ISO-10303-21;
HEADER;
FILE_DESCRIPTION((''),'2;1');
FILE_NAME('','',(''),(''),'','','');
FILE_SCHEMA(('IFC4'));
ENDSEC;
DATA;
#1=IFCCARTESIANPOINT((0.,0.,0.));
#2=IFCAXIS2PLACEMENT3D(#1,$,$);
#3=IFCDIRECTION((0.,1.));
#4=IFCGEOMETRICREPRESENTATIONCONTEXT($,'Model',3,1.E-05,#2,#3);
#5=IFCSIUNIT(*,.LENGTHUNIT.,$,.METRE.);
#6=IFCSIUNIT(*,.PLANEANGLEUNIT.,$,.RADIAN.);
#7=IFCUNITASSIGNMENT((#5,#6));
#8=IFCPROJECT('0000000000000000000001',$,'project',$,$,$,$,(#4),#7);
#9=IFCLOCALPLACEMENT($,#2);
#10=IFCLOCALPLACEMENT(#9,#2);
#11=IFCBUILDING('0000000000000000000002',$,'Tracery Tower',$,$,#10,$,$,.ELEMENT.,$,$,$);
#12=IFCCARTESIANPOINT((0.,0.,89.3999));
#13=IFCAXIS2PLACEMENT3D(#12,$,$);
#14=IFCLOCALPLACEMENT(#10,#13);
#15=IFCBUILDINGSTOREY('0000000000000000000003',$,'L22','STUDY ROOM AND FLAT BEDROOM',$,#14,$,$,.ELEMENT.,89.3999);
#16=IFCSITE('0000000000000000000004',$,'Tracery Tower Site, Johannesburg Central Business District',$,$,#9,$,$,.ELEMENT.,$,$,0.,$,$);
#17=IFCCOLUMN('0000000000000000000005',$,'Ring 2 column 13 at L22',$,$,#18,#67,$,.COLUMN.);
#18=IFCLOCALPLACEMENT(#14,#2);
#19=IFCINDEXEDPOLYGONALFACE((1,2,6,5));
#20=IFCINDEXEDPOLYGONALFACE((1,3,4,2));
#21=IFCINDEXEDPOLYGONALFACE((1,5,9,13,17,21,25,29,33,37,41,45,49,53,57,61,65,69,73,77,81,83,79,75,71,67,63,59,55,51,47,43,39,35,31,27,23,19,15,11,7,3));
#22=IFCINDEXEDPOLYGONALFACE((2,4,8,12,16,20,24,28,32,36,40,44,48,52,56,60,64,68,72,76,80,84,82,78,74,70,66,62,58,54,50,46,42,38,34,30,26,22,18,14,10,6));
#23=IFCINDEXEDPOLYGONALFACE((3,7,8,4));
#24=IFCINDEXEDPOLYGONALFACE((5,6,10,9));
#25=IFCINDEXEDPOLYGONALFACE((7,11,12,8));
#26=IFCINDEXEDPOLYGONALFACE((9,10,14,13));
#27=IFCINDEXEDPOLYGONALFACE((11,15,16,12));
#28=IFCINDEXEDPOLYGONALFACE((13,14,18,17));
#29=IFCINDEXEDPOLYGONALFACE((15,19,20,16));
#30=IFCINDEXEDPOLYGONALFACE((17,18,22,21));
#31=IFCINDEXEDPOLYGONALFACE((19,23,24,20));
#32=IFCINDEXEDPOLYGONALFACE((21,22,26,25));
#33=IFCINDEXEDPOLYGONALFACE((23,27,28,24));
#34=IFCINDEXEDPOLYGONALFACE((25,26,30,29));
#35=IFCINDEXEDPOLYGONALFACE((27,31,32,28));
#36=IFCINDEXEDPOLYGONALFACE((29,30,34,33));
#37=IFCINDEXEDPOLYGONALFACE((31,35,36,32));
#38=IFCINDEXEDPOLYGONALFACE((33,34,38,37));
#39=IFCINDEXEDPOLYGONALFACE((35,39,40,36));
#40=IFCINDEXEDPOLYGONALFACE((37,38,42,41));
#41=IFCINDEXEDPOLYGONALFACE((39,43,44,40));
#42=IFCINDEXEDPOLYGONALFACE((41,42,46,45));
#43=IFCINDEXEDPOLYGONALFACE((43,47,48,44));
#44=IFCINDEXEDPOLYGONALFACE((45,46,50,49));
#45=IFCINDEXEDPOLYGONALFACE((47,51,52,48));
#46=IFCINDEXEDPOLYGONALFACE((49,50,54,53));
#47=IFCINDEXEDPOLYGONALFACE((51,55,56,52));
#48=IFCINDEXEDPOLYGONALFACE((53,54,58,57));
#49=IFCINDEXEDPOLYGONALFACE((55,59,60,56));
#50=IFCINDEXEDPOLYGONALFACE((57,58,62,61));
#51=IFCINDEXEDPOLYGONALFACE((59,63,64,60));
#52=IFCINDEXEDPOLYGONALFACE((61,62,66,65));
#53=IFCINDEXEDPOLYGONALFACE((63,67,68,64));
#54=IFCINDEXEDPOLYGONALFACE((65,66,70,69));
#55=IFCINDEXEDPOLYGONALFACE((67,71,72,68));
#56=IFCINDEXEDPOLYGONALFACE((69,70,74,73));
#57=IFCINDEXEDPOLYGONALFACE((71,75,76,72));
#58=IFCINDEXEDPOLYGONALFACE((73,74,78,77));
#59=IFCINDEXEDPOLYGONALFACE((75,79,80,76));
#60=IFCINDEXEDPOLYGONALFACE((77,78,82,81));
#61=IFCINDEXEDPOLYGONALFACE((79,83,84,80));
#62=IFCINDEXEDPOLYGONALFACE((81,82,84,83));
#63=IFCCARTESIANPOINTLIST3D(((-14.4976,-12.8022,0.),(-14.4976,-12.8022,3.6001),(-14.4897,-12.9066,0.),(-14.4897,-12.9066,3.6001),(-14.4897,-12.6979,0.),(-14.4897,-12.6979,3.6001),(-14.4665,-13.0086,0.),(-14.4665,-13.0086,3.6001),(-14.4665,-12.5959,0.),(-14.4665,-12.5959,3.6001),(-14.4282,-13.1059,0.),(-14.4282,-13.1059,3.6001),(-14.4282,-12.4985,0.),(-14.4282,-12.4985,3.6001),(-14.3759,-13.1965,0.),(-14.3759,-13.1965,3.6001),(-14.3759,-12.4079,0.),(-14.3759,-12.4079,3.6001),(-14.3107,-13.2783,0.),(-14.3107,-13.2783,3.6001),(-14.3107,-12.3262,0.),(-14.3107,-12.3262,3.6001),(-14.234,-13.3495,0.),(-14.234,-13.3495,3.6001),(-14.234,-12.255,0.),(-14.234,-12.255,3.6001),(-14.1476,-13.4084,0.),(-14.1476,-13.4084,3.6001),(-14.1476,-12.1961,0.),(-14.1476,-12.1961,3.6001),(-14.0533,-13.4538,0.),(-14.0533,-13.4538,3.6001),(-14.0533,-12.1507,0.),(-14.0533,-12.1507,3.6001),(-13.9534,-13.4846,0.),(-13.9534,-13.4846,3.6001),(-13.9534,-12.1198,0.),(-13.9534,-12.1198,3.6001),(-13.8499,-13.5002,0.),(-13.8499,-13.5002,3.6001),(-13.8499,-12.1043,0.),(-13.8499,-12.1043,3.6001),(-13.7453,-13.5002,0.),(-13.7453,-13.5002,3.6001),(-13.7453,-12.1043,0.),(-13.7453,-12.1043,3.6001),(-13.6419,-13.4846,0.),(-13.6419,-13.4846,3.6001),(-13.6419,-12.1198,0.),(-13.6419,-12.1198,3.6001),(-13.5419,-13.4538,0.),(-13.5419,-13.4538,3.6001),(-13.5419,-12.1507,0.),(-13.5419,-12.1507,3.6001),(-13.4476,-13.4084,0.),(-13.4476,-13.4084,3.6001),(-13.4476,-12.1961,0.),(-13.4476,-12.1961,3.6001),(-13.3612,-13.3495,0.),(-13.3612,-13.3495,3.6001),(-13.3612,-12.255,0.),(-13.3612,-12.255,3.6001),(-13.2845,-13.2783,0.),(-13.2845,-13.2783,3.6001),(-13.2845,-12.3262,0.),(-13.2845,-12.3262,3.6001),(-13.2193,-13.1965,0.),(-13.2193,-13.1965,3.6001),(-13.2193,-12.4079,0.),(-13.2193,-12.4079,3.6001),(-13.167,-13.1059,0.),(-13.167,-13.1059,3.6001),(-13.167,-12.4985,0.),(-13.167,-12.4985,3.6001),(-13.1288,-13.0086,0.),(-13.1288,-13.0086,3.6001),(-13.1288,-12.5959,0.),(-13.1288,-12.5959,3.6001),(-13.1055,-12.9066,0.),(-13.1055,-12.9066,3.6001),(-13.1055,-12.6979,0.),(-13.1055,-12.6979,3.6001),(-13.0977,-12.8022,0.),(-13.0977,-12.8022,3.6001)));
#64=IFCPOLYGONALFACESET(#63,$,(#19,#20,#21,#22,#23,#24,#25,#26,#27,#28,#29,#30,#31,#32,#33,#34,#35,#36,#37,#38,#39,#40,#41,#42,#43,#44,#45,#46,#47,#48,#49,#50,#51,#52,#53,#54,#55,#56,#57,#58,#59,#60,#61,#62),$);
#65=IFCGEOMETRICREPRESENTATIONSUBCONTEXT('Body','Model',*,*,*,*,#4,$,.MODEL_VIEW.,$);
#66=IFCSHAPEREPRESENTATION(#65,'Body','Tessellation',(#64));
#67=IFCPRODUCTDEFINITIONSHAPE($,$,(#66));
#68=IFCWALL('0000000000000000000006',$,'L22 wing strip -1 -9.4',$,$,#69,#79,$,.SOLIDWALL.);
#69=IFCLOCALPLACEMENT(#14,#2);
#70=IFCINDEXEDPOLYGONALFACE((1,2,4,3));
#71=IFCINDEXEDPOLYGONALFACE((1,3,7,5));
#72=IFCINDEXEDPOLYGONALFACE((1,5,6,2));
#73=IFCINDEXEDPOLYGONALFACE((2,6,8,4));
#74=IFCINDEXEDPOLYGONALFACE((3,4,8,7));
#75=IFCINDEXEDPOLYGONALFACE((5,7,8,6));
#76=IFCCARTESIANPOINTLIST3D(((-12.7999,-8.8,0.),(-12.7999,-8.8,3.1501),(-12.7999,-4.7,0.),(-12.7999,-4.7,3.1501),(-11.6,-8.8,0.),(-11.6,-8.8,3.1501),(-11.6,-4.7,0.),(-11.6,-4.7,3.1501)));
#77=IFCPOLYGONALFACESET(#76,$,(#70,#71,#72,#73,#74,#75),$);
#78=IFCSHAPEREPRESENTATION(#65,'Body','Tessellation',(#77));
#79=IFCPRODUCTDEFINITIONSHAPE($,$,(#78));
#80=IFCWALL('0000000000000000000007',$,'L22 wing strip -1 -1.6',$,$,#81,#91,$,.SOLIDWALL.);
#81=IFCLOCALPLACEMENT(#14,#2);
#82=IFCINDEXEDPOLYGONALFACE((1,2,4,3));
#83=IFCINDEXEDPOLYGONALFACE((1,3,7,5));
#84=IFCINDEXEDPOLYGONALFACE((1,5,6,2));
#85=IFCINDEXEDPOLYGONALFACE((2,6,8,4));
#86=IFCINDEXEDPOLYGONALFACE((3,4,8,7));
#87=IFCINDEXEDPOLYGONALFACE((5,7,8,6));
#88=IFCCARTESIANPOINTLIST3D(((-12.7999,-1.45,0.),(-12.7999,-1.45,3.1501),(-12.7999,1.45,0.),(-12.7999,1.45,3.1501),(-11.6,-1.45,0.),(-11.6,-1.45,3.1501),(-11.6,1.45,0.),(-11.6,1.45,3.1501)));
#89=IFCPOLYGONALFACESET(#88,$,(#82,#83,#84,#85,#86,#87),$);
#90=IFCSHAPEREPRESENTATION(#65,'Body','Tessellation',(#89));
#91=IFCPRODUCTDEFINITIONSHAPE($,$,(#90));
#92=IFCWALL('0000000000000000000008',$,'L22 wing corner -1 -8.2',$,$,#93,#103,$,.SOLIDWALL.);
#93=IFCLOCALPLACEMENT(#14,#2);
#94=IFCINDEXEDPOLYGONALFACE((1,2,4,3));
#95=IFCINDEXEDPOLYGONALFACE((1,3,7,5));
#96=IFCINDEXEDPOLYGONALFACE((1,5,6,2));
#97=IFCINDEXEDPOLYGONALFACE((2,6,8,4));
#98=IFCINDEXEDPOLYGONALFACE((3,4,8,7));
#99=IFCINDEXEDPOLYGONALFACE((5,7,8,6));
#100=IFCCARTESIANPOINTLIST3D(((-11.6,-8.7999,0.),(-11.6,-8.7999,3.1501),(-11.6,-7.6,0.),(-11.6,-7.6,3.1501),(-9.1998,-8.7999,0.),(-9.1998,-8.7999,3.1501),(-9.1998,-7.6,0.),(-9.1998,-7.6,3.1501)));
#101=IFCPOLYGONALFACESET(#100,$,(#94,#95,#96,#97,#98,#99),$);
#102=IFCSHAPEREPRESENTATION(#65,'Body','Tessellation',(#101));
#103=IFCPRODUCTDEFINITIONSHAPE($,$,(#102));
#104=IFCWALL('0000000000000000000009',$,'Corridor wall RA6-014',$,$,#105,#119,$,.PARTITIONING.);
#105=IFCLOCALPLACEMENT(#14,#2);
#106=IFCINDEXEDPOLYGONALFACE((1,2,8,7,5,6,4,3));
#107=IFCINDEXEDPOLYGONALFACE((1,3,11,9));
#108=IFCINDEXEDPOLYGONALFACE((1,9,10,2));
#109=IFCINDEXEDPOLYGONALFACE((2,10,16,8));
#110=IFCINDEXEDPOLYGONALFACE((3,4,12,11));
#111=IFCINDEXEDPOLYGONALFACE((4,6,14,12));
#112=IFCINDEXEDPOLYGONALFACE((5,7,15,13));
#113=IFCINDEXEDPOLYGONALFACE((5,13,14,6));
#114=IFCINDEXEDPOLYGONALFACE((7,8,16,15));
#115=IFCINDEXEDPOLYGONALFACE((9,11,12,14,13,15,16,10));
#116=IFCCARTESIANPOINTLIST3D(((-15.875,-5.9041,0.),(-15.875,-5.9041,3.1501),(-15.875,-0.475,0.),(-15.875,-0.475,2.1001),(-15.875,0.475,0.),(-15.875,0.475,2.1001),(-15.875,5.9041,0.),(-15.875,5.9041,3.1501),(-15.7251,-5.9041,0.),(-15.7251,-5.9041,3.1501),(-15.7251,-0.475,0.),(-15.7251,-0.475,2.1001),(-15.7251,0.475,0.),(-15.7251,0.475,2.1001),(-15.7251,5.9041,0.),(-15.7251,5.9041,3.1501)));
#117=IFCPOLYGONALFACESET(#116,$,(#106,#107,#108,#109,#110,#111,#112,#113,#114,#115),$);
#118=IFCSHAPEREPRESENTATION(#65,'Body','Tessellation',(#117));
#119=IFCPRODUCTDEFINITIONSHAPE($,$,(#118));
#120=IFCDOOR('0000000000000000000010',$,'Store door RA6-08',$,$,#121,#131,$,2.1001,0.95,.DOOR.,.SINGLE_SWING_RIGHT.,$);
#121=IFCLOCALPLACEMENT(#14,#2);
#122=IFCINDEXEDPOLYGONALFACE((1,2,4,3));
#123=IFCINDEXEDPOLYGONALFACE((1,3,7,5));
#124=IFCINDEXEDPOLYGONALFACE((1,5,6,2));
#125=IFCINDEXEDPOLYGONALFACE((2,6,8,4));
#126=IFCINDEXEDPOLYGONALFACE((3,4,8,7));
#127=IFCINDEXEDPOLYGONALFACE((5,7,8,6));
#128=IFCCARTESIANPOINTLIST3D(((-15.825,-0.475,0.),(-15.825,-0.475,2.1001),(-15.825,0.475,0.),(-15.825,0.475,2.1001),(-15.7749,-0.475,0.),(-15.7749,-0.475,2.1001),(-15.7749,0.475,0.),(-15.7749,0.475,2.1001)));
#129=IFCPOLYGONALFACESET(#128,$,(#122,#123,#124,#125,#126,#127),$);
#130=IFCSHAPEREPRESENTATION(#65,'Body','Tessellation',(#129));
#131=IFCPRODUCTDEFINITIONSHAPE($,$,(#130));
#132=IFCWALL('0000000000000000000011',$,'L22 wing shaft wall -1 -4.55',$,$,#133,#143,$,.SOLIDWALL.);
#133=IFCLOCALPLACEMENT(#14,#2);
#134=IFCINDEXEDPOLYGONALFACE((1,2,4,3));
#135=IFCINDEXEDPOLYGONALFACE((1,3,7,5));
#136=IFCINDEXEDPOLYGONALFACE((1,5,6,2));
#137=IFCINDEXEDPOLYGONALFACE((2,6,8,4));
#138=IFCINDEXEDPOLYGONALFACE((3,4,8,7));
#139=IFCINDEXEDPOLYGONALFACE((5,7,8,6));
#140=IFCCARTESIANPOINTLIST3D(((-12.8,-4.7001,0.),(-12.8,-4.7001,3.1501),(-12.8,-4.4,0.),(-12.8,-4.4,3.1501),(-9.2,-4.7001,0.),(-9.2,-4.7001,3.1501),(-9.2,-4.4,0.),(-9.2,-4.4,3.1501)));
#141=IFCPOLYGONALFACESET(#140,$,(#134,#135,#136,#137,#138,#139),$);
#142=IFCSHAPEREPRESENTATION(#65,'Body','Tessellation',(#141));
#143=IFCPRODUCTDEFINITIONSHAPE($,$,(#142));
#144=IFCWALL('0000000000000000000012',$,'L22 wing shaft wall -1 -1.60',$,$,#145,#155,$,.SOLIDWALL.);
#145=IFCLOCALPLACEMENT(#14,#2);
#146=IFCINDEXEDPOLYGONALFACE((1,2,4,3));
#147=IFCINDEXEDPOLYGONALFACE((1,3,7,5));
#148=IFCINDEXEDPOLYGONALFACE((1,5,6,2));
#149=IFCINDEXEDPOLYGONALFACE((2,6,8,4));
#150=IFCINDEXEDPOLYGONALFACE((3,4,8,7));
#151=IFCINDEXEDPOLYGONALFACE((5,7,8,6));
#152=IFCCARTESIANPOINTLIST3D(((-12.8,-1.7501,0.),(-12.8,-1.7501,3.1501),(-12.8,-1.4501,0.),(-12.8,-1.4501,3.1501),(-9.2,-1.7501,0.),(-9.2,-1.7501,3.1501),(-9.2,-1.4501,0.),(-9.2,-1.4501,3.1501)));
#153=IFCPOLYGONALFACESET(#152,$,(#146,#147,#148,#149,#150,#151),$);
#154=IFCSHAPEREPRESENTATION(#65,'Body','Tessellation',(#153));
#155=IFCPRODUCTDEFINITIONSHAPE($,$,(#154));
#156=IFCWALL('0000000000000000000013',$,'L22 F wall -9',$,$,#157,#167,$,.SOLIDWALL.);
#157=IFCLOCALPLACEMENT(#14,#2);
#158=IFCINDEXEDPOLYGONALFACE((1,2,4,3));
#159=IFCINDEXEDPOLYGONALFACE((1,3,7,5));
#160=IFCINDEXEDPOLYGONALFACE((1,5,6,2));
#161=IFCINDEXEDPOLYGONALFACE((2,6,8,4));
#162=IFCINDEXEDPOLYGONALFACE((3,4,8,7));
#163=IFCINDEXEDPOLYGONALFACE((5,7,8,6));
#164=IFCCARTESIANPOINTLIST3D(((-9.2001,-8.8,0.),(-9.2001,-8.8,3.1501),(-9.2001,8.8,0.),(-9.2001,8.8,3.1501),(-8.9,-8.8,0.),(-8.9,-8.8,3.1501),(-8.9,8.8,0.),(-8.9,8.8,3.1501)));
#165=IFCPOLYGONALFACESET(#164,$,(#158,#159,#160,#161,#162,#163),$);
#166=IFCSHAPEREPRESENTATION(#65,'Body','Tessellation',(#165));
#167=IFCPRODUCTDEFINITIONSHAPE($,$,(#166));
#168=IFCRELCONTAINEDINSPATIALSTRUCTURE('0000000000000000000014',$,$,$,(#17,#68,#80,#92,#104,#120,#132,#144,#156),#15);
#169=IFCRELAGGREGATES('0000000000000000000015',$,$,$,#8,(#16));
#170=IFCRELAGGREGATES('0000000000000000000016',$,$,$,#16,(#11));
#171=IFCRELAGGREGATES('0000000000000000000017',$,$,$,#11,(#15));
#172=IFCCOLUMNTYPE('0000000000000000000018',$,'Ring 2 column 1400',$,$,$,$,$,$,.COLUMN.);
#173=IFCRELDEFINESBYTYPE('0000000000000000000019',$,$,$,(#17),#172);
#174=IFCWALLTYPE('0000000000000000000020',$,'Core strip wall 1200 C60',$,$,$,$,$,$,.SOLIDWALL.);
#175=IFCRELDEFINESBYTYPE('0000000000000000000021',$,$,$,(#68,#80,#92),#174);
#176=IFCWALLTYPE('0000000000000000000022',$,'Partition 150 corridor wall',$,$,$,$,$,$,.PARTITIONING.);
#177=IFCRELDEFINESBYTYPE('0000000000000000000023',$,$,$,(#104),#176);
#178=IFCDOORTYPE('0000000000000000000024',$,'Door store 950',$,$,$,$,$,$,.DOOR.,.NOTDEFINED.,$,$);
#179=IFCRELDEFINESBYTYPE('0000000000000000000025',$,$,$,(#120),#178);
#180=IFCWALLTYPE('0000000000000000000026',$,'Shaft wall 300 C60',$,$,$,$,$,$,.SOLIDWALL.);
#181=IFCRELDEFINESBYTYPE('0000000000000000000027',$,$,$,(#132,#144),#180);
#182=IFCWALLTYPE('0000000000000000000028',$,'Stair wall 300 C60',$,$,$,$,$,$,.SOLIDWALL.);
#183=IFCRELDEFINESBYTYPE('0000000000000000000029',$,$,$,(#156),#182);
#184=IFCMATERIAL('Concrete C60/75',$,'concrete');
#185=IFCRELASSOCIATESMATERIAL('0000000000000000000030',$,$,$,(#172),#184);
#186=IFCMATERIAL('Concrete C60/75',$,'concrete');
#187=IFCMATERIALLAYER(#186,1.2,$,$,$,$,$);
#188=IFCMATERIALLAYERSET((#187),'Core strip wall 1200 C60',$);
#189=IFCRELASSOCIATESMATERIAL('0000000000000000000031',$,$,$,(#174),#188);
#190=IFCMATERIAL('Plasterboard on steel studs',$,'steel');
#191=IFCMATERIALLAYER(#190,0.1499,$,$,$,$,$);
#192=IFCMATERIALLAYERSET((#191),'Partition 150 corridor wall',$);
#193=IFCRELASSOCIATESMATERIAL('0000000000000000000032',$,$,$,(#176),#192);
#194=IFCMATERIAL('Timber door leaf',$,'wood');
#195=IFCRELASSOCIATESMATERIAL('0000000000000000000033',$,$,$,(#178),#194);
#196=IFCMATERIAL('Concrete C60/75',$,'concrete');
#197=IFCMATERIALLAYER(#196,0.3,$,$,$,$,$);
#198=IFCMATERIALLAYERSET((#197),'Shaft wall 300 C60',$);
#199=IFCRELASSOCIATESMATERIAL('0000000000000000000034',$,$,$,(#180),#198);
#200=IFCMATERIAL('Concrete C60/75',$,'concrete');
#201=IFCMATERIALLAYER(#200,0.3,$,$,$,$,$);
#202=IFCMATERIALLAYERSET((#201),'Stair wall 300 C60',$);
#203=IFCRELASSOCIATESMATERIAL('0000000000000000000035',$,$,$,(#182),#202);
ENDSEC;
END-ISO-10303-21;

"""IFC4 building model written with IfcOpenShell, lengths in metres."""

from ifc_helpers import new_model, si_unit, direction, frame, frame_2d, origin, origin_2d, place, context, subcontext, project, spatial, rectangle, circle, extrude, material, layer, layer_set, material_profile, profile_set, type_object, element, fill, save


model = new_model("IFC4")

# Units and contexts
model_context = context("Model", 3, precision=1e-05, world=origin(), true_north=direction((0.0, 1.0)))
body_context = subcontext(model_context, "Body", "Model", "MODEL_VIEW")
ifc_project = project(units=[si_unit("LENGTHUNIT", "METRE"), si_unit("PLANEANGLEUNIT", "RADIAN")], contexts=[model_context])

# Site, building, storey
site_placement = place(None, origin())
site = spatial("IfcSite", under=ifc_project, at=site_placement, Name="Tracery Tower Site, Johannesburg Central Business District", CompositionType="ELEMENT", RefElevation=0.0)
building_placement = place(site_placement, origin())
building = spatial("IfcBuilding", under=site, at=building_placement, Name="Tracery Tower", CompositionType="ELEMENT")
storey_placement = place(building_placement, frame((0.0, 0.0, 89.3999)))
storey = spatial("IfcBuildingStorey", under=building, at=storey_placement, Name="L22", Description="STUDY ROOM AND FLAT BEDROOM", CompositionType="ELEMENT", Elevation=89.3999)

# Column
ifc_material_1 = material(Name="Concrete C60/75", Category="concrete")
ifc_material_profile = material_profile(ifc_material_1, circle(Radius=0.7, at=origin_2d()), Name="RC D1400")
ifc_profile_set = profile_set([ifc_material_profile], Name="Concrete C60/75")
column_type = type_object("IfcColumnType", Name="Ring 2 column 1400", PredefinedType="COLUMN", material=ifc_profile_set)
column_placement = place(storey_placement, frame((-13.7976, -12.8022, 0.0), z_axis=(0.0, 0.0, 1.0), x_axis=(1.0, 0.0, 0.0)))
element("IfcColumn", 1, at=column_placement, inside=storey, type_object=column_type, Name="Ring 2 column 13 at L22", PredefinedType="COLUMN", context=body_context, shape_type="SweptSolid", body=[
    extrude(circle(Radius=0.7, at=origin_2d()), origin(), (0.0, 0.0, 1.0), 3.6001),
])

# Walls
ifc_material_2 = material(Name="Concrete C60/75", Category="concrete")
ifc_layer_1 = layer(ifc_material_2, 1.2)
ifc_layer_set_1 = layer_set([ifc_layer_1], Name="Core strip wall 1200 C60")
wall_type_1 = type_object("IfcWallType", Name="Core strip wall 1200 C60", PredefinedType="SOLIDWALL", material=ifc_layer_set_1)
wall_1_placement = place(storey_placement, frame((-12.2, -8.8, 0.0), z_axis=(0.0, 0.0, 1.0), x_axis=(0.0, 1.0, 0.0)))
element("IfcWall", 2, at=wall_1_placement, inside=storey, type_object=wall_type_1, Name="L22 wing strip -1 -9.4", PredefinedType="SOLIDWALL", context=body_context, shape_type="SweptSolid", body=[
    extrude(rectangle(XDim=4.1001, YDim=1.2, at=frame_2d((2.05, 0.0))), origin(), (0.0, 0.0, 1.0), 3.1501),
])
wall_2_placement = place(storey_placement, frame((-12.2, -1.45, 0.0), z_axis=(0.0, 0.0, 1.0), x_axis=(0.0, 1.0, 0.0)))
element("IfcWall", 3, at=wall_2_placement, inside=storey, type_object=wall_type_1, Name="L22 wing strip -1 -1.6", PredefinedType="SOLIDWALL", context=body_context, shape_type="SweptSolid", body=[
    extrude(rectangle(XDim=2.8999, YDim=1.2, at=frame_2d((1.45, 0.0))), origin(), (0.0, 0.0, 1.0), 3.1501),
])
wall_3_placement = place(storey_placement, frame((-11.6001, -8.2, 0.0), z_axis=(0.0, 0.0, 1.0), x_axis=(1.0, 0.0, 0.0)))
element("IfcWall", 4, at=wall_3_placement, inside=storey, type_object=wall_type_1, Name="L22 wing corner -1 -8.2", PredefinedType="SOLIDWALL", context=body_context, shape_type="SweptSolid", body=[
    extrude(rectangle(XDim=2.4001, YDim=1.2, at=frame_2d((1.2002, 0.0))), origin(), (0.0, 0.0, 1.0), 3.1501),
])

# Wall, opening, door
ifc_material_3 = material(Name="Plasterboard on steel studs", Category="steel")
ifc_layer_2 = layer(ifc_material_3, 0.1499)
ifc_layer_set_2 = layer_set([ifc_layer_2], Name="Partition 150 corridor wall")
wall_type_2 = type_object("IfcWallType", Name="Partition 150 corridor wall", PredefinedType="PARTITIONING", material=ifc_layer_set_2)
wall_4_placement = place(storey_placement, frame((-15.8, -5.9041, 0.0), z_axis=(0.0, 0.0, 1.0), x_axis=(0.0, 1.0, 0.0)))
wall_4 = element("IfcWall", 5, at=wall_4_placement, inside=storey, type_object=wall_type_2, Name="Corridor wall RA6-014", PredefinedType="PARTITIONING", context=body_context, shape_type="SweptSolid", body=[
    extrude(rectangle(XDim=11.8081, YDim=0.1499, at=frame_2d((5.9041, 0.0))), origin(), (0.0, 0.0, 1.0), 3.1501),
])
opening_1_placement = place(wall_4_placement, frame((5.429, 0.0, 0.0)))
opening_1 = element("IfcOpeningElement", 6, at=opening_1_placement, cuts=wall_4, PredefinedType="OPENING", context=body_context, shape_type="SweptSolid", body=[
    extrude(rectangle(XDim=0.95, YDim=2.1001, at=frame_2d((0.4751, 1.05))), frame((0.0, 0.075, 0.0), z_axis=(0.0, -1.0, 0.0), x_axis=(1.0, 0.0, 0.0)), (0.0, 0.0, 1.0), 0.1499),
])
ifc_material_4 = material(Name="Timber door leaf", Category="wood")
door_type_1 = type_object("IfcDoorType", Name="Door store 950", OperationType="NOTDEFINED", PredefinedType="DOOR", material=ifc_material_4)
door_1_placement = place(opening_1_placement, origin())
door_1 = element("IfcDoor", 7, at=door_1_placement, inside=storey, type_object=door_type_1, Name="Store door RA6-08", OperationType="SINGLE_SWING_RIGHT", OverallHeight=2.1001, OverallWidth=0.95, PredefinedType="DOOR", context=body_context, shape_type="SweptSolid", body=[
    extrude(rectangle(XDim=0.95, YDim=2.1001, at=frame_2d((0.4751, 1.05))), frame((0.0, 0.0249, 0.0), z_axis=(0.0, -1.0, 0.0), x_axis=(1.0, 0.0, 0.0)), (0.0, 0.0, 1.0), 0.05),
])
fill(opening_1, door_1)

# Walls
ifc_material_5 = material(Name="Concrete C60/75", Category="concrete")
ifc_layer_3 = layer(ifc_material_5, 0.3)
ifc_layer_set_3 = layer_set([ifc_layer_3], Name="Shaft wall 300 C60")
wall_type_3 = type_object("IfcWallType", Name="Shaft wall 300 C60", PredefinedType="SOLIDWALL", material=ifc_layer_set_3)
for number, where, z_axis, x_axis, name in (
    (8, (-12.8, -4.55, 0.0), (0.0, 0.0, 1.0), (1.0, 0.0, 0.0), "L22 wing shaft wall -1 -4.55"),
    (9, (-12.8, -1.6001, 0.0), (0.0, 0.0, 1.0), (1.0, 0.0, 0.0), "L22 wing shaft wall -1 -1.60"),
):
    element("IfcWall", number, at=place(storey_placement, frame(where, z_axis=z_axis, x_axis=x_axis)), inside=storey, type_object=wall_type_3, Name=name, PredefinedType="SOLIDWALL", context=body_context, shape_type="SweptSolid", body=[
        extrude(rectangle(XDim=3.6001, YDim=0.3, at=frame_2d((1.8, 0.0))), origin(), (0.0, 0.0, 1.0), 3.1501),
    ])
ifc_material_6 = material(Name="Concrete C60/75", Category="concrete")
ifc_layer_4 = layer(ifc_material_6, 0.3)
ifc_layer_set_4 = layer_set([ifc_layer_4], Name="Stair wall 300 C60")
wall_type_4 = type_object("IfcWallType", Name="Stair wall 300 C60", PredefinedType="SOLIDWALL", material=ifc_layer_set_4)
wall_5_placement = place(storey_placement, frame((-9.05, -8.8, 0.0), z_axis=(0.0, 0.0, 1.0), x_axis=(0.0, 1.0, 0.0)))
element("IfcWall", 10, at=wall_5_placement, inside=storey, type_object=wall_type_4, Name="L22 F wall -9", PredefinedType="SOLIDWALL", context=body_context, shape_type="SweptSolid", body=[
    extrude(rectangle(XDim=17.6001, YDim=0.3, at=frame_2d((8.8, 0.0))), origin(), (0.0, 0.0, 1.0), 3.1501),
])

save(model, "model.ifc")
